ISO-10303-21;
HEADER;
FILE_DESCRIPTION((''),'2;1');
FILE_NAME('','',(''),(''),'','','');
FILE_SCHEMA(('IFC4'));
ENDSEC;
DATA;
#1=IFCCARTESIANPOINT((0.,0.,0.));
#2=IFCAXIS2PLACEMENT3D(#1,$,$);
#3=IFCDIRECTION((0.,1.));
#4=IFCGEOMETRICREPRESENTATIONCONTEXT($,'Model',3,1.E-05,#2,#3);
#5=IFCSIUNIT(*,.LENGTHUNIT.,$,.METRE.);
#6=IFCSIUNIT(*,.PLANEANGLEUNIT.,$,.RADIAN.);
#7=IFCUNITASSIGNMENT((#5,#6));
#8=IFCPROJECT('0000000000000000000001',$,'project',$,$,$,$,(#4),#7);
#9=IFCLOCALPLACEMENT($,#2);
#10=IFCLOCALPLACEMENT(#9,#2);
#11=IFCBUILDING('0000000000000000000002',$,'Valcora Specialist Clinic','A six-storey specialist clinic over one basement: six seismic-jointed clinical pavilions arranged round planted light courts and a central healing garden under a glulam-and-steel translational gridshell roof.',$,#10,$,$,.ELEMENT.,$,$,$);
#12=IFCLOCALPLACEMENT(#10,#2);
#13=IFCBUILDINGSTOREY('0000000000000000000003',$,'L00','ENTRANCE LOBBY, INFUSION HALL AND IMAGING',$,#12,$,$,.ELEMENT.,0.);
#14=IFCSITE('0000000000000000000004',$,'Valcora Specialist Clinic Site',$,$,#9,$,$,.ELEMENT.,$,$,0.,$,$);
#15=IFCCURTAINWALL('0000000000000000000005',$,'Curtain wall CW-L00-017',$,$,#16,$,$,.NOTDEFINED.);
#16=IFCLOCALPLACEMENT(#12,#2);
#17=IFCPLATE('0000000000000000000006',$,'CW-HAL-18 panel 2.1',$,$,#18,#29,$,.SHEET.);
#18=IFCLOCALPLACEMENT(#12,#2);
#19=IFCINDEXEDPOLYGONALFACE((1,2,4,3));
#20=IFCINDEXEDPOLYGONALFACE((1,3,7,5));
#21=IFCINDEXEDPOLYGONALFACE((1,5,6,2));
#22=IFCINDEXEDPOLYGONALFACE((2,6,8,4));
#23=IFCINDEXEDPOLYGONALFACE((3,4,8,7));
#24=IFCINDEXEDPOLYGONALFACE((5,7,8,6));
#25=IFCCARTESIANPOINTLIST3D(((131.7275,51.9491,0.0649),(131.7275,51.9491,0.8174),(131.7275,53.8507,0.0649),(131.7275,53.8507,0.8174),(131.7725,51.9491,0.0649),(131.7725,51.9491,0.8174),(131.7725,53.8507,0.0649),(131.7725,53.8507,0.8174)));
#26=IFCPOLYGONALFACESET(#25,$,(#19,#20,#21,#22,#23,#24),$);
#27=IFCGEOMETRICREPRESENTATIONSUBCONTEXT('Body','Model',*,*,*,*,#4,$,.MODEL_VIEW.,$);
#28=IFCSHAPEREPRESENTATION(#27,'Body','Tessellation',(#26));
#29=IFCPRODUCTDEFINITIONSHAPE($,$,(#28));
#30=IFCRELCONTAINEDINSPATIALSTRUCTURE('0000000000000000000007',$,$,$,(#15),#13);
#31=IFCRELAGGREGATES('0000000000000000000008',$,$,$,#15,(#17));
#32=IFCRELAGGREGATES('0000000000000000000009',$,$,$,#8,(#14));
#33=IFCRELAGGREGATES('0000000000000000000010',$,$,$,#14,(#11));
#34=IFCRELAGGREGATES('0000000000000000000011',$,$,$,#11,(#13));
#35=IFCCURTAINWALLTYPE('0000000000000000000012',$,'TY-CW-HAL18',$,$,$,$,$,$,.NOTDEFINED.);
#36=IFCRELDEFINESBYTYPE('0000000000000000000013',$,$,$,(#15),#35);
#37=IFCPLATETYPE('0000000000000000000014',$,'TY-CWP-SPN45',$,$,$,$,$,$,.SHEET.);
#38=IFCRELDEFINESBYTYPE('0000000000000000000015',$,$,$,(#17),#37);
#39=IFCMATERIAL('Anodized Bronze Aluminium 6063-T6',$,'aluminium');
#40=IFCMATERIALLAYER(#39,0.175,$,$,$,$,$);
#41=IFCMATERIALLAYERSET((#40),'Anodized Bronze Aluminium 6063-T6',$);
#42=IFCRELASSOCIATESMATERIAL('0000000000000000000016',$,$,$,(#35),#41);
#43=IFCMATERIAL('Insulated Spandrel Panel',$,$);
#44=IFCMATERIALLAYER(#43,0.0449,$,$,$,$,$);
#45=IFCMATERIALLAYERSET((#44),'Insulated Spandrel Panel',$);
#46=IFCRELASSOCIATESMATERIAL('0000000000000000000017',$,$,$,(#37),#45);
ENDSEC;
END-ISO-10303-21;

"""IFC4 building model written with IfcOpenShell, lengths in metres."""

from ifc_helpers import new_model, si_unit, direction, frame, origin, origin_2d, place, context, subcontext, project, spatial, rectangle, extrude, material, layer, layer_set, type_object, element, aggregate, save


model = new_model("IFC4")

# Units and contexts
model_context = context("Model", 3, precision=1e-05, world=origin(), true_north=direction((0.0, 1.0)))
body_context = subcontext(model_context, "Body", "Model", "MODEL_VIEW")
ifc_project = project(units=[si_unit("LENGTHUNIT", "METRE"), si_unit("PLANEANGLEUNIT", "RADIAN")], contexts=[model_context])

# Site, building, storey
site_placement = place(None, origin())
site = spatial("IfcSite", under=ifc_project, at=site_placement, Name="Valcora Specialist Clinic Site", CompositionType="ELEMENT", RefElevation=0.0)
building_placement = place(site_placement, origin())
building = spatial("IfcBuilding", under=site, at=building_placement, Name="Valcora Specialist Clinic", Description="A six-storey specialist clinic over one basement: six seismic-jointed clinical pavilions arranged round planted light courts and a central healing garden under a glulam-and-steel translational gridshell roof.", CompositionType="ELEMENT")
storey_placement = place(building_placement, origin())
storey = spatial("IfcBuildingStorey", under=building, at=storey_placement, Name="L00", Description="ENTRANCE LOBBY, INFUSION HALL AND IMAGING", CompositionType="ELEMENT", Elevation=0.0)

# Shared definitions
ifc_material_1 = material(Name="Anodized Bronze Aluminium 6063-T6", Category="aluminium")
ifc_layer_1 = layer(ifc_material_1, 0.175)
ifc_layer_set_1 = layer_set([ifc_layer_1], Name="Anodized Bronze Aluminium 6063-T6")
curtain_wall_type = type_object("IfcCurtainWallType", Name="TY-CW-HAL18", PredefinedType="NOTDEFINED", material=ifc_layer_set_1)

# Curtain wall, plate
curtain_wall_1_placement = place(storey_placement, origin())
curtain_wall_1 = element("IfcCurtainWall", 1, at=curtain_wall_1_placement, inside=storey, type_object=curtain_wall_type, Name="Curtain wall CW-L00-017", PredefinedType="NOTDEFINED")
ifc_material_2 = material(Name="Insulated Spandrel Panel")
ifc_layer_2 = layer(ifc_material_2, 0.0449)
ifc_layer_set_2 = layer_set([ifc_layer_2], Name="Insulated Spandrel Panel")
plate_type_1 = type_object("IfcPlateType", Name="TY-CWP-SPN45", PredefinedType="SHEET", material=ifc_layer_set_2)
plate_1_placement = place(storey_placement, frame((131.75, 52.8999, 0.0649), z_axis=(0.0, 0.0, 1.0), x_axis=(0.0, 1.0, 0.0)))
plate_1 = element("IfcPlate", 2, at=plate_1_placement, type_object=plate_type_1, Name="CW-HAL-18 panel 2.1", PredefinedType="SHEET", context=body_context, shape_type="SweptSolid", body=[
    extrude(rectangle(XDim=1.9016, YDim=0.0449, at=origin_2d()), origin(), (0.0, 0.0, 1.0), 0.7524),
])
aggregate(curtain_wall_1, [plate_1])

save(model, "model.ifc")
